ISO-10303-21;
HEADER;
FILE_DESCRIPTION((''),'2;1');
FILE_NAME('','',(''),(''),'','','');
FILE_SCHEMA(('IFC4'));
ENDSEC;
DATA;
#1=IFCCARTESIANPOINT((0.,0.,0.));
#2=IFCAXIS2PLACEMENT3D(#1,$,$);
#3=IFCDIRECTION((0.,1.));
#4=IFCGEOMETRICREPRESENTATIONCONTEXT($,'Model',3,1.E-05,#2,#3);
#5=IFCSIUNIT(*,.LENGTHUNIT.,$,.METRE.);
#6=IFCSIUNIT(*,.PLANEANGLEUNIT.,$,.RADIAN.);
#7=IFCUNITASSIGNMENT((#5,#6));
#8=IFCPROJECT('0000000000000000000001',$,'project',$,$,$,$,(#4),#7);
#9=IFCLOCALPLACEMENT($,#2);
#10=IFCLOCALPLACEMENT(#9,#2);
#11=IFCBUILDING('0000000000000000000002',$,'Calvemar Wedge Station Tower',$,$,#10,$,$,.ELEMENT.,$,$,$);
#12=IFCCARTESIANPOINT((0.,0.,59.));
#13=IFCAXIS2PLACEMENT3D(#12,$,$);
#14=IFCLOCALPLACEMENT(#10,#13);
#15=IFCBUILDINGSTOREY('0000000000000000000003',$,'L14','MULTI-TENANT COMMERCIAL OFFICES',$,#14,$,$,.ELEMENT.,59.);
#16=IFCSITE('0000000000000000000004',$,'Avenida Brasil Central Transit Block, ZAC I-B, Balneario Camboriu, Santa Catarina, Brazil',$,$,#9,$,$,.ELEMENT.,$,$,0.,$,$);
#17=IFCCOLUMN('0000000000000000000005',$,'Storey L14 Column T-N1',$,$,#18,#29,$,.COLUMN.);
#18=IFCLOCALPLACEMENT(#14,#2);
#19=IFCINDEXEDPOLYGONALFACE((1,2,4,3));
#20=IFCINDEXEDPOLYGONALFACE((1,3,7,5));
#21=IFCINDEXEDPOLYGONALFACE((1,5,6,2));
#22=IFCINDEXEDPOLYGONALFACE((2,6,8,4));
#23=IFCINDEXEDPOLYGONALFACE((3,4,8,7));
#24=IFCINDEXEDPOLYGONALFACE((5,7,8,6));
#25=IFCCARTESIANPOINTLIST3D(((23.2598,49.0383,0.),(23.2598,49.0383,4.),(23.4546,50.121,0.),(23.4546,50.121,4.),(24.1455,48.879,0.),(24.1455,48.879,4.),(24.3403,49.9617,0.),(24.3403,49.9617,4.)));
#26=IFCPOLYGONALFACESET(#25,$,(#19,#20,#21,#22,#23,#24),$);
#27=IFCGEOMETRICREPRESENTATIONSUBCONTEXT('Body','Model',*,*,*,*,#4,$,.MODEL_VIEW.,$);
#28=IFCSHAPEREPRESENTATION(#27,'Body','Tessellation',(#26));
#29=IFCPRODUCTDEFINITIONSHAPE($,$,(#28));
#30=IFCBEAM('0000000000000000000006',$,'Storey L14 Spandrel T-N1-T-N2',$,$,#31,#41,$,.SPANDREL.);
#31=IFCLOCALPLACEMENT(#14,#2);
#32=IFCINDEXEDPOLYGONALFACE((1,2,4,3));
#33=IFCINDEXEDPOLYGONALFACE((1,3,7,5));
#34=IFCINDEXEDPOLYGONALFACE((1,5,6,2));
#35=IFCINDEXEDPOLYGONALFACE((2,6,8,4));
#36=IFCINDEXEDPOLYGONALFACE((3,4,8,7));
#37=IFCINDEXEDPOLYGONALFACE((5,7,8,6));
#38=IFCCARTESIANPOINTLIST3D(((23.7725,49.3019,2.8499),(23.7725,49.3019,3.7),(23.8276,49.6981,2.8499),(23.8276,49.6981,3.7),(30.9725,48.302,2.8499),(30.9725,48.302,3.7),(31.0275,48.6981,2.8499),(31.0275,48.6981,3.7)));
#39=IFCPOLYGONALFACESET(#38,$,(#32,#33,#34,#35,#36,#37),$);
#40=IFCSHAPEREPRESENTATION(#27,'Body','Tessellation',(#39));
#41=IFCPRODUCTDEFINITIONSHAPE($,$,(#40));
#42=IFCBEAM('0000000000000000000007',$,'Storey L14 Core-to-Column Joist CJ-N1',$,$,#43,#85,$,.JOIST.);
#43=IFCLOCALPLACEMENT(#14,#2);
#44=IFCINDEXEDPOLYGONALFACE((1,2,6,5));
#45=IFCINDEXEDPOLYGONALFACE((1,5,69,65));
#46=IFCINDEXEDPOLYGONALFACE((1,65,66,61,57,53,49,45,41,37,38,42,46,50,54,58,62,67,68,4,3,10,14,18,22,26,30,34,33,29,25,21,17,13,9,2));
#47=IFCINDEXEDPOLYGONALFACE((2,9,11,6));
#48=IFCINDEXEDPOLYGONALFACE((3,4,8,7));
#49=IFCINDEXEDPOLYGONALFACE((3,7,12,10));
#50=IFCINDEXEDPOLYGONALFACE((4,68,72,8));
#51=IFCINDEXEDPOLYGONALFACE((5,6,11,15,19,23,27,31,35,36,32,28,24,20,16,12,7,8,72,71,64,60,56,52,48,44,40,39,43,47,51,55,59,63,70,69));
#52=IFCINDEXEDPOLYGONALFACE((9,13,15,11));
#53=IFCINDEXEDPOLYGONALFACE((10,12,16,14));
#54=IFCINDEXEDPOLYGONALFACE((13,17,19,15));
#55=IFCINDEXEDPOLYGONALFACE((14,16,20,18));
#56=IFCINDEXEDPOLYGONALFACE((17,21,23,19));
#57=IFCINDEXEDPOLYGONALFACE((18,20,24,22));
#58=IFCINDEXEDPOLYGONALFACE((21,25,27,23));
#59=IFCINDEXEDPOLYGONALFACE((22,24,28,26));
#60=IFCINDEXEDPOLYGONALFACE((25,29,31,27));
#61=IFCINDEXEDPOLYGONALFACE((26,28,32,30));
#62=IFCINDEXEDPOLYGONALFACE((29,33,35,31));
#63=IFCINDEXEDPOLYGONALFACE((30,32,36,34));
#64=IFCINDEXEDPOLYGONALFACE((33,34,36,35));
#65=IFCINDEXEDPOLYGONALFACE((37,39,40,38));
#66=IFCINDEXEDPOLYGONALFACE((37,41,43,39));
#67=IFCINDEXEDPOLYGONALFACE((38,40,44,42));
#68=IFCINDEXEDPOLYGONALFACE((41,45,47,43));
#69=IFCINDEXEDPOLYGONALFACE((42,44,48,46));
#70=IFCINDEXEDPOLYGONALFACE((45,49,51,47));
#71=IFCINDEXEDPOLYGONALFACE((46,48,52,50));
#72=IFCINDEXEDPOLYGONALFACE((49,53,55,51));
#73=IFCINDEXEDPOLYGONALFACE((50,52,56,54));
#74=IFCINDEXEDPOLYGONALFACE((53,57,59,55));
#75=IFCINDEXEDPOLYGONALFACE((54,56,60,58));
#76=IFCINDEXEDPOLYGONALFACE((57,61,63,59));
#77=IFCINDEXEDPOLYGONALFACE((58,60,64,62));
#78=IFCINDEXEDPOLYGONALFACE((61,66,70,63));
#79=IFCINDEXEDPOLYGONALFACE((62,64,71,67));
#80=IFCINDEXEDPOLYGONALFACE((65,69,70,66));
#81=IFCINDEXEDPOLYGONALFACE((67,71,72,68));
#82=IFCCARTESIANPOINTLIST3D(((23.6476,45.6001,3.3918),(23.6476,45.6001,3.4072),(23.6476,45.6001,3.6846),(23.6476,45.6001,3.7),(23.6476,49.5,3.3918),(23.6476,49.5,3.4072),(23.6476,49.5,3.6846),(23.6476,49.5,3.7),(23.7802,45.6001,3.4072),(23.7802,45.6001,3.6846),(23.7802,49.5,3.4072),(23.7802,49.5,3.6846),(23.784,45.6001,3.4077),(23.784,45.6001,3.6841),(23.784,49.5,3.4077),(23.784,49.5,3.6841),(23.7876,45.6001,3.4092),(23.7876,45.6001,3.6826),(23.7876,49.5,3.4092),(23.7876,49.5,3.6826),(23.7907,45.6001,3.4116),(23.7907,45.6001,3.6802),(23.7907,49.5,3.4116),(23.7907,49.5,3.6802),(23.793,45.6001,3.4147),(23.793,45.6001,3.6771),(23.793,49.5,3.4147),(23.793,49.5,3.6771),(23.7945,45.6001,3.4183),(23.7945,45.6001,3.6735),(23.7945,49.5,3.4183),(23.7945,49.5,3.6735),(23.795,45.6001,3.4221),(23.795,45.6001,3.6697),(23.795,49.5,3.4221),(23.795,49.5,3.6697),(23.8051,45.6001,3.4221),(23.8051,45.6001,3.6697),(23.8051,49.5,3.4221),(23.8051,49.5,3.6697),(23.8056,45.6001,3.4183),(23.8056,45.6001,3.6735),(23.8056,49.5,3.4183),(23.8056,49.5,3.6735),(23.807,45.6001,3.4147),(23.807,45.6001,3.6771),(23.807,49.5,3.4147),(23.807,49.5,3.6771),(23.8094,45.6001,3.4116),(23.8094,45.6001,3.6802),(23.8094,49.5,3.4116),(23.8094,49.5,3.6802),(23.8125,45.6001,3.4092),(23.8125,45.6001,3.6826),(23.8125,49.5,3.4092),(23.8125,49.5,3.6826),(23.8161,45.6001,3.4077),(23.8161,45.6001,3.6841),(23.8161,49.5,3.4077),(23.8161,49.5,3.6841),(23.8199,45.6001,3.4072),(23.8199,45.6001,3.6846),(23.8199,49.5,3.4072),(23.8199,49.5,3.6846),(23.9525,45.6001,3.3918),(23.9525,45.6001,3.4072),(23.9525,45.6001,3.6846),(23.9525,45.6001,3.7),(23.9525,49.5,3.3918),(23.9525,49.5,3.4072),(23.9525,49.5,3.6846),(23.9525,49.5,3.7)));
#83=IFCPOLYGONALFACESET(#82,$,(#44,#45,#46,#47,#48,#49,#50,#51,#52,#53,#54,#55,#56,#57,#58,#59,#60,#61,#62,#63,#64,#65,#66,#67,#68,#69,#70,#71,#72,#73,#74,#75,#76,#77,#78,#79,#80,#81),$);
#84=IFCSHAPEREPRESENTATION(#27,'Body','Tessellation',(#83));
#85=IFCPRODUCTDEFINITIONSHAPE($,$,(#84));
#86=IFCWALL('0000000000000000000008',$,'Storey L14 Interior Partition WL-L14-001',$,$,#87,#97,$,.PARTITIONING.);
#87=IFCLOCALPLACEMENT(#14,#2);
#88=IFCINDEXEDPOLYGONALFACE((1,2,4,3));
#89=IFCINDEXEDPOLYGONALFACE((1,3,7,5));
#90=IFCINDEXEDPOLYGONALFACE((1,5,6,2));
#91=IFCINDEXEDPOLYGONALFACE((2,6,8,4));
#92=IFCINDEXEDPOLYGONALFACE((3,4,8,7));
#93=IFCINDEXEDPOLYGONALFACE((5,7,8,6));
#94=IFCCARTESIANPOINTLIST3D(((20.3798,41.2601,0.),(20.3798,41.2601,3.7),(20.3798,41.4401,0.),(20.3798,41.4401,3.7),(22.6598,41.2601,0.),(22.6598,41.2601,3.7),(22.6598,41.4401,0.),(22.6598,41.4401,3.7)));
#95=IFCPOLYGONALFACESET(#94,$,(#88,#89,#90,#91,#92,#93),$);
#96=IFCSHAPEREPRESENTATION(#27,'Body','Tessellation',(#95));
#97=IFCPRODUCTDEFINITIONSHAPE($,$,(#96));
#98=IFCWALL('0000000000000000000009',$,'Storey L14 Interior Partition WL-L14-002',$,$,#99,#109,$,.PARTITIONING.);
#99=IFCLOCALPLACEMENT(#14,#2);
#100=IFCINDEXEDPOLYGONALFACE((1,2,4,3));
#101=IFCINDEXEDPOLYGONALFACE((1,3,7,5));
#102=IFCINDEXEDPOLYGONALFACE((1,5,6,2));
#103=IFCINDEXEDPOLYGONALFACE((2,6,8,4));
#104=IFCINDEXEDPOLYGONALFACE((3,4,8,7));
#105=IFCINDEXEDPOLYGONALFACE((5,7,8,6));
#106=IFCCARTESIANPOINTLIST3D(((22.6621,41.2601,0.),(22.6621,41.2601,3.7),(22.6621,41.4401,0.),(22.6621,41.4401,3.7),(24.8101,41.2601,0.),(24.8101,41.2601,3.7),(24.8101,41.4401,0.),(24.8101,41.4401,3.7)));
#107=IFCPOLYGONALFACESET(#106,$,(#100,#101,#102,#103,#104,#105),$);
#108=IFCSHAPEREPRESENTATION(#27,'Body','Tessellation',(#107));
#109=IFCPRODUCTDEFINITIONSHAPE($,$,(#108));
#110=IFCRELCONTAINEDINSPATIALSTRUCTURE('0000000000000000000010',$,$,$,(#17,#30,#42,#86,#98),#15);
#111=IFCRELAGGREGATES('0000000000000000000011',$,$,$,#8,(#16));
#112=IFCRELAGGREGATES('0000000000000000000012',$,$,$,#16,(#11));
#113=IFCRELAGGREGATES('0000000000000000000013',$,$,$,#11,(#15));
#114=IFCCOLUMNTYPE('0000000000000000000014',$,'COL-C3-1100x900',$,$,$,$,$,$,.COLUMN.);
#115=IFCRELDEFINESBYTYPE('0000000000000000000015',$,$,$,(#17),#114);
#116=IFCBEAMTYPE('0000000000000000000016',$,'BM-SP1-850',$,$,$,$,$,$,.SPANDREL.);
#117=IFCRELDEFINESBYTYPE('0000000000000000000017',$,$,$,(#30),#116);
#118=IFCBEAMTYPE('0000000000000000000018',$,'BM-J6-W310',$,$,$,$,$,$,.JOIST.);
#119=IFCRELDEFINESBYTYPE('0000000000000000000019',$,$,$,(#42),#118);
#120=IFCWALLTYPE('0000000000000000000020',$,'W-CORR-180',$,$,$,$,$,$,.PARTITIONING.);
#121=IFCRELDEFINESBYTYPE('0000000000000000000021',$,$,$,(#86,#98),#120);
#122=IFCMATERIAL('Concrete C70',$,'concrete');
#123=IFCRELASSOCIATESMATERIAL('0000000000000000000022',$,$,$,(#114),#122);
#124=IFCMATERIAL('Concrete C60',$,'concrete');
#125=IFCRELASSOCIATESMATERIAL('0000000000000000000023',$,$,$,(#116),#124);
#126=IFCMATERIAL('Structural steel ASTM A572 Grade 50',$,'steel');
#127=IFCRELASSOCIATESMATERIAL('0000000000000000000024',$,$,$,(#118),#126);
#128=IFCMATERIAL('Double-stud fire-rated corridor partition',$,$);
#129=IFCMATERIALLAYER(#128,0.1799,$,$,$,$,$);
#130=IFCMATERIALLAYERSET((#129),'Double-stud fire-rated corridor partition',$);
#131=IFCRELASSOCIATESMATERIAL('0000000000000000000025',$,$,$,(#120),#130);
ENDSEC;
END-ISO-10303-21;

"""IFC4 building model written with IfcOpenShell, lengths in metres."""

from ifc_helpers import new_model, si_unit, direction, frame, frame_2d, origin, origin_2d, place, context, subcontext, project, spatial, rectangle, i_section, extrude, source, transform, mapped, material, layer, layer_set, material_profile, profile_set, type_object, element, save


model = new_model("IFC4")

# Units and contexts
model_context = context("Model", 3, precision=1e-05, world=origin(), true_north=direction((0.0, 1.0)))
body_context = subcontext(model_context, "Body", "Model", "MODEL_VIEW")
ifc_project = project(units=[si_unit("LENGTHUNIT", "METRE"), si_unit("PLANEANGLEUNIT", "RADIAN")], contexts=[model_context])

# Site, building, storey
site_placement = place(None, origin())
site = spatial("IfcSite", under=ifc_project, at=site_placement, Name="Avenida Brasil Central Transit Block, ZAC I-B, Balneario Camboriu, Santa Catarina, Brazil", CompositionType="ELEMENT", RefElevation=0.0)
building_placement = place(site_placement, origin())
building = spatial("IfcBuilding", under=site, at=building_placement, Name="Calvemar Wedge Station Tower", CompositionType="ELEMENT")
storey_placement = place(building_placement, frame((0.0, 0.0, 59.0)))
storey = spatial("IfcBuildingStorey", under=building, at=storey_placement, Name="L14", Description="MULTI-TENANT COMMERCIAL OFFICES", CompositionType="ELEMENT", Elevation=59.0)

# Column
ifc_material_1 = material(Name="Concrete C70", Category="concrete")
ifc_material_profile_1 = material_profile(ifc_material_1, rectangle(XDim=0.8999, YDim=1.1001, at=origin_2d()), Name="RC1100x900")
ifc_profile_set_1 = profile_set([ifc_material_profile_1], Name="Concrete C70")
column_type = type_object("IfcColumnType", Name="COL-C3-1100x900", PredefinedType="COLUMN", material=ifc_profile_set_1)
shared_shape_1 = source(origin(), body_context, "Body", "SweptSolid", [
    extrude(rectangle(XDim=0.8999, YDim=1.1001, at=origin_2d()), origin(), (0.0, 0.0, 1.0), 4.0),
])
column_placement = place(storey_placement, frame((23.8, 49.5, 0.0), z_axis=(0.0, 0.0, 1.0), x_axis=(0.984196, -0.177085, 0.0)))
element("IfcColumn", 1, at=column_placement, inside=storey, type_object=column_type, Name="Storey L14 Column T-N1", PredefinedType="COLUMN", context=body_context, shape_type="MappedRepresentation", body=[
    mapped(shared_shape_1, transform((0.0, 0.0, 0.0), scale=1.0)),
])

# Beams
ifc_material_2 = material(Name="Concrete C60", Category="concrete")
ifc_material_profile_2 = material_profile(ifc_material_2, rectangle(XDim=0.3999, YDim=0.8501, at=origin_2d()), Name="RC400x850")
ifc_profile_set_2 = profile_set([ifc_material_profile_2], Name="Concrete C60")
beam_type_1 = type_object("IfcBeamType", Name="BM-SP1-850", PredefinedType="SPANDREL", material=ifc_profile_set_2)
shared_shape_2 = source(origin(), body_context, "Body", "SweptSolid", [
    extrude(rectangle(XDim=0.3999, YDim=0.8501, at=origin_2d()), origin(), (0.0, 0.0, 1.0), 7.269),
])
beam_1_placement = place(storey_placement, frame((23.8, 49.5, 3.2749), z_axis=(0.990492, -0.137569, 0.0), x_axis=(0.137569, 0.990492, 0.0)))
element("IfcBeam", 2, at=beam_1_placement, inside=storey, type_object=beam_type_1, Name="Storey L14 Spandrel T-N1-T-N2", PredefinedType="SPANDREL", context=body_context, shape_type="MappedRepresentation", body=[
    mapped(shared_shape_2, transform((0.0, 0.0, 0.0), scale=1.0)),
])
ifc_material_3 = material(Name="Structural steel ASTM A572 Grade 50", Category="steel")
ifc_material_profile_3 = material_profile(ifc_material_3, i_section(OverallWidth=0.3049, OverallDepth=0.3081, WebThickness=0.01, FlangeThickness=0.0154, FilletRadius=0.0149, at=origin_2d()), Name="W310x97")
ifc_profile_set_3 = profile_set([ifc_material_profile_3], Name="Structural steel ASTM A572 Grade 50")
beam_type_2 = type_object("IfcBeamType", Name="BM-J6-W310", PredefinedType="JOIST", material=ifc_profile_set_3)
shared_shape_3 = source(origin(), body_context, "Body", "SweptSolid", [
    extrude(i_section(OverallWidth=0.3049, OverallDepth=0.3081, WebThickness=0.01, FlangeThickness=0.0154, FilletRadius=0.0149, at=origin_2d()), origin(), (0.0, 0.0, 1.0), 3.8999),
])
beam_2_placement = place(storey_placement, frame((23.8, 45.6001, 3.5459), z_axis=(0.0, 1.0, 0.0), x_axis=(-1.0, 0.0, 0.0)))
element("IfcBeam", 3, at=beam_2_placement, inside=storey, type_object=beam_type_2, Name="Storey L14 Core-to-Column Joist CJ-N1", PredefinedType="JOIST", context=body_context, shape_type="MappedRepresentation", body=[
    mapped(shared_shape_3, transform((0.0, 0.0, 0.0), scale=1.0)),
])

# Walls
ifc_material_4 = material(Name="Double-stud fire-rated corridor partition")
ifc_layer_1 = layer(ifc_material_4, 0.1799)
ifc_layer_set_1 = layer_set([ifc_layer_1], Name="Double-stud fire-rated corridor partition")
wall_type_1 = type_object("IfcWallType", Name="W-CORR-180", PredefinedType="PARTITIONING", material=ifc_layer_set_1)
wall_1_placement = place(storey_placement, frame((22.6599, 41.3501, 0.0), z_axis=(0.0, 0.0, 1.0), x_axis=(-1.0, 0.0, 0.0)))
element("IfcWall", 4, at=wall_1_placement, inside=storey, type_object=wall_type_1, Name="Storey L14 Interior Partition WL-L14-001", PredefinedType="PARTITIONING", context=body_context, shape_type="SweptSolid", body=[
    extrude(rectangle(XDim=2.28, YDim=0.1799, at=frame_2d((1.1401, 0.0))), origin(), (0.0, 0.0, 1.0), 3.7),
])
wall_2_placement = place(storey_placement, frame((24.8101, 41.3501, 0.0), z_axis=(0.0, 0.0, 1.0), x_axis=(-1.0, 0.0, 0.0)))
element("IfcWall", 5, at=wall_2_placement, inside=storey, type_object=wall_type_1, Name="Storey L14 Interior Partition WL-L14-002", PredefinedType="PARTITIONING", context=body_context, shape_type="SweptSolid", body=[
    extrude(rectangle(XDim=2.1479, YDim=0.1799, at=frame_2d((1.074, 0.0))), origin(), (0.0, 0.0, 1.0), 3.7),
])

save(model, "model.ifc")
